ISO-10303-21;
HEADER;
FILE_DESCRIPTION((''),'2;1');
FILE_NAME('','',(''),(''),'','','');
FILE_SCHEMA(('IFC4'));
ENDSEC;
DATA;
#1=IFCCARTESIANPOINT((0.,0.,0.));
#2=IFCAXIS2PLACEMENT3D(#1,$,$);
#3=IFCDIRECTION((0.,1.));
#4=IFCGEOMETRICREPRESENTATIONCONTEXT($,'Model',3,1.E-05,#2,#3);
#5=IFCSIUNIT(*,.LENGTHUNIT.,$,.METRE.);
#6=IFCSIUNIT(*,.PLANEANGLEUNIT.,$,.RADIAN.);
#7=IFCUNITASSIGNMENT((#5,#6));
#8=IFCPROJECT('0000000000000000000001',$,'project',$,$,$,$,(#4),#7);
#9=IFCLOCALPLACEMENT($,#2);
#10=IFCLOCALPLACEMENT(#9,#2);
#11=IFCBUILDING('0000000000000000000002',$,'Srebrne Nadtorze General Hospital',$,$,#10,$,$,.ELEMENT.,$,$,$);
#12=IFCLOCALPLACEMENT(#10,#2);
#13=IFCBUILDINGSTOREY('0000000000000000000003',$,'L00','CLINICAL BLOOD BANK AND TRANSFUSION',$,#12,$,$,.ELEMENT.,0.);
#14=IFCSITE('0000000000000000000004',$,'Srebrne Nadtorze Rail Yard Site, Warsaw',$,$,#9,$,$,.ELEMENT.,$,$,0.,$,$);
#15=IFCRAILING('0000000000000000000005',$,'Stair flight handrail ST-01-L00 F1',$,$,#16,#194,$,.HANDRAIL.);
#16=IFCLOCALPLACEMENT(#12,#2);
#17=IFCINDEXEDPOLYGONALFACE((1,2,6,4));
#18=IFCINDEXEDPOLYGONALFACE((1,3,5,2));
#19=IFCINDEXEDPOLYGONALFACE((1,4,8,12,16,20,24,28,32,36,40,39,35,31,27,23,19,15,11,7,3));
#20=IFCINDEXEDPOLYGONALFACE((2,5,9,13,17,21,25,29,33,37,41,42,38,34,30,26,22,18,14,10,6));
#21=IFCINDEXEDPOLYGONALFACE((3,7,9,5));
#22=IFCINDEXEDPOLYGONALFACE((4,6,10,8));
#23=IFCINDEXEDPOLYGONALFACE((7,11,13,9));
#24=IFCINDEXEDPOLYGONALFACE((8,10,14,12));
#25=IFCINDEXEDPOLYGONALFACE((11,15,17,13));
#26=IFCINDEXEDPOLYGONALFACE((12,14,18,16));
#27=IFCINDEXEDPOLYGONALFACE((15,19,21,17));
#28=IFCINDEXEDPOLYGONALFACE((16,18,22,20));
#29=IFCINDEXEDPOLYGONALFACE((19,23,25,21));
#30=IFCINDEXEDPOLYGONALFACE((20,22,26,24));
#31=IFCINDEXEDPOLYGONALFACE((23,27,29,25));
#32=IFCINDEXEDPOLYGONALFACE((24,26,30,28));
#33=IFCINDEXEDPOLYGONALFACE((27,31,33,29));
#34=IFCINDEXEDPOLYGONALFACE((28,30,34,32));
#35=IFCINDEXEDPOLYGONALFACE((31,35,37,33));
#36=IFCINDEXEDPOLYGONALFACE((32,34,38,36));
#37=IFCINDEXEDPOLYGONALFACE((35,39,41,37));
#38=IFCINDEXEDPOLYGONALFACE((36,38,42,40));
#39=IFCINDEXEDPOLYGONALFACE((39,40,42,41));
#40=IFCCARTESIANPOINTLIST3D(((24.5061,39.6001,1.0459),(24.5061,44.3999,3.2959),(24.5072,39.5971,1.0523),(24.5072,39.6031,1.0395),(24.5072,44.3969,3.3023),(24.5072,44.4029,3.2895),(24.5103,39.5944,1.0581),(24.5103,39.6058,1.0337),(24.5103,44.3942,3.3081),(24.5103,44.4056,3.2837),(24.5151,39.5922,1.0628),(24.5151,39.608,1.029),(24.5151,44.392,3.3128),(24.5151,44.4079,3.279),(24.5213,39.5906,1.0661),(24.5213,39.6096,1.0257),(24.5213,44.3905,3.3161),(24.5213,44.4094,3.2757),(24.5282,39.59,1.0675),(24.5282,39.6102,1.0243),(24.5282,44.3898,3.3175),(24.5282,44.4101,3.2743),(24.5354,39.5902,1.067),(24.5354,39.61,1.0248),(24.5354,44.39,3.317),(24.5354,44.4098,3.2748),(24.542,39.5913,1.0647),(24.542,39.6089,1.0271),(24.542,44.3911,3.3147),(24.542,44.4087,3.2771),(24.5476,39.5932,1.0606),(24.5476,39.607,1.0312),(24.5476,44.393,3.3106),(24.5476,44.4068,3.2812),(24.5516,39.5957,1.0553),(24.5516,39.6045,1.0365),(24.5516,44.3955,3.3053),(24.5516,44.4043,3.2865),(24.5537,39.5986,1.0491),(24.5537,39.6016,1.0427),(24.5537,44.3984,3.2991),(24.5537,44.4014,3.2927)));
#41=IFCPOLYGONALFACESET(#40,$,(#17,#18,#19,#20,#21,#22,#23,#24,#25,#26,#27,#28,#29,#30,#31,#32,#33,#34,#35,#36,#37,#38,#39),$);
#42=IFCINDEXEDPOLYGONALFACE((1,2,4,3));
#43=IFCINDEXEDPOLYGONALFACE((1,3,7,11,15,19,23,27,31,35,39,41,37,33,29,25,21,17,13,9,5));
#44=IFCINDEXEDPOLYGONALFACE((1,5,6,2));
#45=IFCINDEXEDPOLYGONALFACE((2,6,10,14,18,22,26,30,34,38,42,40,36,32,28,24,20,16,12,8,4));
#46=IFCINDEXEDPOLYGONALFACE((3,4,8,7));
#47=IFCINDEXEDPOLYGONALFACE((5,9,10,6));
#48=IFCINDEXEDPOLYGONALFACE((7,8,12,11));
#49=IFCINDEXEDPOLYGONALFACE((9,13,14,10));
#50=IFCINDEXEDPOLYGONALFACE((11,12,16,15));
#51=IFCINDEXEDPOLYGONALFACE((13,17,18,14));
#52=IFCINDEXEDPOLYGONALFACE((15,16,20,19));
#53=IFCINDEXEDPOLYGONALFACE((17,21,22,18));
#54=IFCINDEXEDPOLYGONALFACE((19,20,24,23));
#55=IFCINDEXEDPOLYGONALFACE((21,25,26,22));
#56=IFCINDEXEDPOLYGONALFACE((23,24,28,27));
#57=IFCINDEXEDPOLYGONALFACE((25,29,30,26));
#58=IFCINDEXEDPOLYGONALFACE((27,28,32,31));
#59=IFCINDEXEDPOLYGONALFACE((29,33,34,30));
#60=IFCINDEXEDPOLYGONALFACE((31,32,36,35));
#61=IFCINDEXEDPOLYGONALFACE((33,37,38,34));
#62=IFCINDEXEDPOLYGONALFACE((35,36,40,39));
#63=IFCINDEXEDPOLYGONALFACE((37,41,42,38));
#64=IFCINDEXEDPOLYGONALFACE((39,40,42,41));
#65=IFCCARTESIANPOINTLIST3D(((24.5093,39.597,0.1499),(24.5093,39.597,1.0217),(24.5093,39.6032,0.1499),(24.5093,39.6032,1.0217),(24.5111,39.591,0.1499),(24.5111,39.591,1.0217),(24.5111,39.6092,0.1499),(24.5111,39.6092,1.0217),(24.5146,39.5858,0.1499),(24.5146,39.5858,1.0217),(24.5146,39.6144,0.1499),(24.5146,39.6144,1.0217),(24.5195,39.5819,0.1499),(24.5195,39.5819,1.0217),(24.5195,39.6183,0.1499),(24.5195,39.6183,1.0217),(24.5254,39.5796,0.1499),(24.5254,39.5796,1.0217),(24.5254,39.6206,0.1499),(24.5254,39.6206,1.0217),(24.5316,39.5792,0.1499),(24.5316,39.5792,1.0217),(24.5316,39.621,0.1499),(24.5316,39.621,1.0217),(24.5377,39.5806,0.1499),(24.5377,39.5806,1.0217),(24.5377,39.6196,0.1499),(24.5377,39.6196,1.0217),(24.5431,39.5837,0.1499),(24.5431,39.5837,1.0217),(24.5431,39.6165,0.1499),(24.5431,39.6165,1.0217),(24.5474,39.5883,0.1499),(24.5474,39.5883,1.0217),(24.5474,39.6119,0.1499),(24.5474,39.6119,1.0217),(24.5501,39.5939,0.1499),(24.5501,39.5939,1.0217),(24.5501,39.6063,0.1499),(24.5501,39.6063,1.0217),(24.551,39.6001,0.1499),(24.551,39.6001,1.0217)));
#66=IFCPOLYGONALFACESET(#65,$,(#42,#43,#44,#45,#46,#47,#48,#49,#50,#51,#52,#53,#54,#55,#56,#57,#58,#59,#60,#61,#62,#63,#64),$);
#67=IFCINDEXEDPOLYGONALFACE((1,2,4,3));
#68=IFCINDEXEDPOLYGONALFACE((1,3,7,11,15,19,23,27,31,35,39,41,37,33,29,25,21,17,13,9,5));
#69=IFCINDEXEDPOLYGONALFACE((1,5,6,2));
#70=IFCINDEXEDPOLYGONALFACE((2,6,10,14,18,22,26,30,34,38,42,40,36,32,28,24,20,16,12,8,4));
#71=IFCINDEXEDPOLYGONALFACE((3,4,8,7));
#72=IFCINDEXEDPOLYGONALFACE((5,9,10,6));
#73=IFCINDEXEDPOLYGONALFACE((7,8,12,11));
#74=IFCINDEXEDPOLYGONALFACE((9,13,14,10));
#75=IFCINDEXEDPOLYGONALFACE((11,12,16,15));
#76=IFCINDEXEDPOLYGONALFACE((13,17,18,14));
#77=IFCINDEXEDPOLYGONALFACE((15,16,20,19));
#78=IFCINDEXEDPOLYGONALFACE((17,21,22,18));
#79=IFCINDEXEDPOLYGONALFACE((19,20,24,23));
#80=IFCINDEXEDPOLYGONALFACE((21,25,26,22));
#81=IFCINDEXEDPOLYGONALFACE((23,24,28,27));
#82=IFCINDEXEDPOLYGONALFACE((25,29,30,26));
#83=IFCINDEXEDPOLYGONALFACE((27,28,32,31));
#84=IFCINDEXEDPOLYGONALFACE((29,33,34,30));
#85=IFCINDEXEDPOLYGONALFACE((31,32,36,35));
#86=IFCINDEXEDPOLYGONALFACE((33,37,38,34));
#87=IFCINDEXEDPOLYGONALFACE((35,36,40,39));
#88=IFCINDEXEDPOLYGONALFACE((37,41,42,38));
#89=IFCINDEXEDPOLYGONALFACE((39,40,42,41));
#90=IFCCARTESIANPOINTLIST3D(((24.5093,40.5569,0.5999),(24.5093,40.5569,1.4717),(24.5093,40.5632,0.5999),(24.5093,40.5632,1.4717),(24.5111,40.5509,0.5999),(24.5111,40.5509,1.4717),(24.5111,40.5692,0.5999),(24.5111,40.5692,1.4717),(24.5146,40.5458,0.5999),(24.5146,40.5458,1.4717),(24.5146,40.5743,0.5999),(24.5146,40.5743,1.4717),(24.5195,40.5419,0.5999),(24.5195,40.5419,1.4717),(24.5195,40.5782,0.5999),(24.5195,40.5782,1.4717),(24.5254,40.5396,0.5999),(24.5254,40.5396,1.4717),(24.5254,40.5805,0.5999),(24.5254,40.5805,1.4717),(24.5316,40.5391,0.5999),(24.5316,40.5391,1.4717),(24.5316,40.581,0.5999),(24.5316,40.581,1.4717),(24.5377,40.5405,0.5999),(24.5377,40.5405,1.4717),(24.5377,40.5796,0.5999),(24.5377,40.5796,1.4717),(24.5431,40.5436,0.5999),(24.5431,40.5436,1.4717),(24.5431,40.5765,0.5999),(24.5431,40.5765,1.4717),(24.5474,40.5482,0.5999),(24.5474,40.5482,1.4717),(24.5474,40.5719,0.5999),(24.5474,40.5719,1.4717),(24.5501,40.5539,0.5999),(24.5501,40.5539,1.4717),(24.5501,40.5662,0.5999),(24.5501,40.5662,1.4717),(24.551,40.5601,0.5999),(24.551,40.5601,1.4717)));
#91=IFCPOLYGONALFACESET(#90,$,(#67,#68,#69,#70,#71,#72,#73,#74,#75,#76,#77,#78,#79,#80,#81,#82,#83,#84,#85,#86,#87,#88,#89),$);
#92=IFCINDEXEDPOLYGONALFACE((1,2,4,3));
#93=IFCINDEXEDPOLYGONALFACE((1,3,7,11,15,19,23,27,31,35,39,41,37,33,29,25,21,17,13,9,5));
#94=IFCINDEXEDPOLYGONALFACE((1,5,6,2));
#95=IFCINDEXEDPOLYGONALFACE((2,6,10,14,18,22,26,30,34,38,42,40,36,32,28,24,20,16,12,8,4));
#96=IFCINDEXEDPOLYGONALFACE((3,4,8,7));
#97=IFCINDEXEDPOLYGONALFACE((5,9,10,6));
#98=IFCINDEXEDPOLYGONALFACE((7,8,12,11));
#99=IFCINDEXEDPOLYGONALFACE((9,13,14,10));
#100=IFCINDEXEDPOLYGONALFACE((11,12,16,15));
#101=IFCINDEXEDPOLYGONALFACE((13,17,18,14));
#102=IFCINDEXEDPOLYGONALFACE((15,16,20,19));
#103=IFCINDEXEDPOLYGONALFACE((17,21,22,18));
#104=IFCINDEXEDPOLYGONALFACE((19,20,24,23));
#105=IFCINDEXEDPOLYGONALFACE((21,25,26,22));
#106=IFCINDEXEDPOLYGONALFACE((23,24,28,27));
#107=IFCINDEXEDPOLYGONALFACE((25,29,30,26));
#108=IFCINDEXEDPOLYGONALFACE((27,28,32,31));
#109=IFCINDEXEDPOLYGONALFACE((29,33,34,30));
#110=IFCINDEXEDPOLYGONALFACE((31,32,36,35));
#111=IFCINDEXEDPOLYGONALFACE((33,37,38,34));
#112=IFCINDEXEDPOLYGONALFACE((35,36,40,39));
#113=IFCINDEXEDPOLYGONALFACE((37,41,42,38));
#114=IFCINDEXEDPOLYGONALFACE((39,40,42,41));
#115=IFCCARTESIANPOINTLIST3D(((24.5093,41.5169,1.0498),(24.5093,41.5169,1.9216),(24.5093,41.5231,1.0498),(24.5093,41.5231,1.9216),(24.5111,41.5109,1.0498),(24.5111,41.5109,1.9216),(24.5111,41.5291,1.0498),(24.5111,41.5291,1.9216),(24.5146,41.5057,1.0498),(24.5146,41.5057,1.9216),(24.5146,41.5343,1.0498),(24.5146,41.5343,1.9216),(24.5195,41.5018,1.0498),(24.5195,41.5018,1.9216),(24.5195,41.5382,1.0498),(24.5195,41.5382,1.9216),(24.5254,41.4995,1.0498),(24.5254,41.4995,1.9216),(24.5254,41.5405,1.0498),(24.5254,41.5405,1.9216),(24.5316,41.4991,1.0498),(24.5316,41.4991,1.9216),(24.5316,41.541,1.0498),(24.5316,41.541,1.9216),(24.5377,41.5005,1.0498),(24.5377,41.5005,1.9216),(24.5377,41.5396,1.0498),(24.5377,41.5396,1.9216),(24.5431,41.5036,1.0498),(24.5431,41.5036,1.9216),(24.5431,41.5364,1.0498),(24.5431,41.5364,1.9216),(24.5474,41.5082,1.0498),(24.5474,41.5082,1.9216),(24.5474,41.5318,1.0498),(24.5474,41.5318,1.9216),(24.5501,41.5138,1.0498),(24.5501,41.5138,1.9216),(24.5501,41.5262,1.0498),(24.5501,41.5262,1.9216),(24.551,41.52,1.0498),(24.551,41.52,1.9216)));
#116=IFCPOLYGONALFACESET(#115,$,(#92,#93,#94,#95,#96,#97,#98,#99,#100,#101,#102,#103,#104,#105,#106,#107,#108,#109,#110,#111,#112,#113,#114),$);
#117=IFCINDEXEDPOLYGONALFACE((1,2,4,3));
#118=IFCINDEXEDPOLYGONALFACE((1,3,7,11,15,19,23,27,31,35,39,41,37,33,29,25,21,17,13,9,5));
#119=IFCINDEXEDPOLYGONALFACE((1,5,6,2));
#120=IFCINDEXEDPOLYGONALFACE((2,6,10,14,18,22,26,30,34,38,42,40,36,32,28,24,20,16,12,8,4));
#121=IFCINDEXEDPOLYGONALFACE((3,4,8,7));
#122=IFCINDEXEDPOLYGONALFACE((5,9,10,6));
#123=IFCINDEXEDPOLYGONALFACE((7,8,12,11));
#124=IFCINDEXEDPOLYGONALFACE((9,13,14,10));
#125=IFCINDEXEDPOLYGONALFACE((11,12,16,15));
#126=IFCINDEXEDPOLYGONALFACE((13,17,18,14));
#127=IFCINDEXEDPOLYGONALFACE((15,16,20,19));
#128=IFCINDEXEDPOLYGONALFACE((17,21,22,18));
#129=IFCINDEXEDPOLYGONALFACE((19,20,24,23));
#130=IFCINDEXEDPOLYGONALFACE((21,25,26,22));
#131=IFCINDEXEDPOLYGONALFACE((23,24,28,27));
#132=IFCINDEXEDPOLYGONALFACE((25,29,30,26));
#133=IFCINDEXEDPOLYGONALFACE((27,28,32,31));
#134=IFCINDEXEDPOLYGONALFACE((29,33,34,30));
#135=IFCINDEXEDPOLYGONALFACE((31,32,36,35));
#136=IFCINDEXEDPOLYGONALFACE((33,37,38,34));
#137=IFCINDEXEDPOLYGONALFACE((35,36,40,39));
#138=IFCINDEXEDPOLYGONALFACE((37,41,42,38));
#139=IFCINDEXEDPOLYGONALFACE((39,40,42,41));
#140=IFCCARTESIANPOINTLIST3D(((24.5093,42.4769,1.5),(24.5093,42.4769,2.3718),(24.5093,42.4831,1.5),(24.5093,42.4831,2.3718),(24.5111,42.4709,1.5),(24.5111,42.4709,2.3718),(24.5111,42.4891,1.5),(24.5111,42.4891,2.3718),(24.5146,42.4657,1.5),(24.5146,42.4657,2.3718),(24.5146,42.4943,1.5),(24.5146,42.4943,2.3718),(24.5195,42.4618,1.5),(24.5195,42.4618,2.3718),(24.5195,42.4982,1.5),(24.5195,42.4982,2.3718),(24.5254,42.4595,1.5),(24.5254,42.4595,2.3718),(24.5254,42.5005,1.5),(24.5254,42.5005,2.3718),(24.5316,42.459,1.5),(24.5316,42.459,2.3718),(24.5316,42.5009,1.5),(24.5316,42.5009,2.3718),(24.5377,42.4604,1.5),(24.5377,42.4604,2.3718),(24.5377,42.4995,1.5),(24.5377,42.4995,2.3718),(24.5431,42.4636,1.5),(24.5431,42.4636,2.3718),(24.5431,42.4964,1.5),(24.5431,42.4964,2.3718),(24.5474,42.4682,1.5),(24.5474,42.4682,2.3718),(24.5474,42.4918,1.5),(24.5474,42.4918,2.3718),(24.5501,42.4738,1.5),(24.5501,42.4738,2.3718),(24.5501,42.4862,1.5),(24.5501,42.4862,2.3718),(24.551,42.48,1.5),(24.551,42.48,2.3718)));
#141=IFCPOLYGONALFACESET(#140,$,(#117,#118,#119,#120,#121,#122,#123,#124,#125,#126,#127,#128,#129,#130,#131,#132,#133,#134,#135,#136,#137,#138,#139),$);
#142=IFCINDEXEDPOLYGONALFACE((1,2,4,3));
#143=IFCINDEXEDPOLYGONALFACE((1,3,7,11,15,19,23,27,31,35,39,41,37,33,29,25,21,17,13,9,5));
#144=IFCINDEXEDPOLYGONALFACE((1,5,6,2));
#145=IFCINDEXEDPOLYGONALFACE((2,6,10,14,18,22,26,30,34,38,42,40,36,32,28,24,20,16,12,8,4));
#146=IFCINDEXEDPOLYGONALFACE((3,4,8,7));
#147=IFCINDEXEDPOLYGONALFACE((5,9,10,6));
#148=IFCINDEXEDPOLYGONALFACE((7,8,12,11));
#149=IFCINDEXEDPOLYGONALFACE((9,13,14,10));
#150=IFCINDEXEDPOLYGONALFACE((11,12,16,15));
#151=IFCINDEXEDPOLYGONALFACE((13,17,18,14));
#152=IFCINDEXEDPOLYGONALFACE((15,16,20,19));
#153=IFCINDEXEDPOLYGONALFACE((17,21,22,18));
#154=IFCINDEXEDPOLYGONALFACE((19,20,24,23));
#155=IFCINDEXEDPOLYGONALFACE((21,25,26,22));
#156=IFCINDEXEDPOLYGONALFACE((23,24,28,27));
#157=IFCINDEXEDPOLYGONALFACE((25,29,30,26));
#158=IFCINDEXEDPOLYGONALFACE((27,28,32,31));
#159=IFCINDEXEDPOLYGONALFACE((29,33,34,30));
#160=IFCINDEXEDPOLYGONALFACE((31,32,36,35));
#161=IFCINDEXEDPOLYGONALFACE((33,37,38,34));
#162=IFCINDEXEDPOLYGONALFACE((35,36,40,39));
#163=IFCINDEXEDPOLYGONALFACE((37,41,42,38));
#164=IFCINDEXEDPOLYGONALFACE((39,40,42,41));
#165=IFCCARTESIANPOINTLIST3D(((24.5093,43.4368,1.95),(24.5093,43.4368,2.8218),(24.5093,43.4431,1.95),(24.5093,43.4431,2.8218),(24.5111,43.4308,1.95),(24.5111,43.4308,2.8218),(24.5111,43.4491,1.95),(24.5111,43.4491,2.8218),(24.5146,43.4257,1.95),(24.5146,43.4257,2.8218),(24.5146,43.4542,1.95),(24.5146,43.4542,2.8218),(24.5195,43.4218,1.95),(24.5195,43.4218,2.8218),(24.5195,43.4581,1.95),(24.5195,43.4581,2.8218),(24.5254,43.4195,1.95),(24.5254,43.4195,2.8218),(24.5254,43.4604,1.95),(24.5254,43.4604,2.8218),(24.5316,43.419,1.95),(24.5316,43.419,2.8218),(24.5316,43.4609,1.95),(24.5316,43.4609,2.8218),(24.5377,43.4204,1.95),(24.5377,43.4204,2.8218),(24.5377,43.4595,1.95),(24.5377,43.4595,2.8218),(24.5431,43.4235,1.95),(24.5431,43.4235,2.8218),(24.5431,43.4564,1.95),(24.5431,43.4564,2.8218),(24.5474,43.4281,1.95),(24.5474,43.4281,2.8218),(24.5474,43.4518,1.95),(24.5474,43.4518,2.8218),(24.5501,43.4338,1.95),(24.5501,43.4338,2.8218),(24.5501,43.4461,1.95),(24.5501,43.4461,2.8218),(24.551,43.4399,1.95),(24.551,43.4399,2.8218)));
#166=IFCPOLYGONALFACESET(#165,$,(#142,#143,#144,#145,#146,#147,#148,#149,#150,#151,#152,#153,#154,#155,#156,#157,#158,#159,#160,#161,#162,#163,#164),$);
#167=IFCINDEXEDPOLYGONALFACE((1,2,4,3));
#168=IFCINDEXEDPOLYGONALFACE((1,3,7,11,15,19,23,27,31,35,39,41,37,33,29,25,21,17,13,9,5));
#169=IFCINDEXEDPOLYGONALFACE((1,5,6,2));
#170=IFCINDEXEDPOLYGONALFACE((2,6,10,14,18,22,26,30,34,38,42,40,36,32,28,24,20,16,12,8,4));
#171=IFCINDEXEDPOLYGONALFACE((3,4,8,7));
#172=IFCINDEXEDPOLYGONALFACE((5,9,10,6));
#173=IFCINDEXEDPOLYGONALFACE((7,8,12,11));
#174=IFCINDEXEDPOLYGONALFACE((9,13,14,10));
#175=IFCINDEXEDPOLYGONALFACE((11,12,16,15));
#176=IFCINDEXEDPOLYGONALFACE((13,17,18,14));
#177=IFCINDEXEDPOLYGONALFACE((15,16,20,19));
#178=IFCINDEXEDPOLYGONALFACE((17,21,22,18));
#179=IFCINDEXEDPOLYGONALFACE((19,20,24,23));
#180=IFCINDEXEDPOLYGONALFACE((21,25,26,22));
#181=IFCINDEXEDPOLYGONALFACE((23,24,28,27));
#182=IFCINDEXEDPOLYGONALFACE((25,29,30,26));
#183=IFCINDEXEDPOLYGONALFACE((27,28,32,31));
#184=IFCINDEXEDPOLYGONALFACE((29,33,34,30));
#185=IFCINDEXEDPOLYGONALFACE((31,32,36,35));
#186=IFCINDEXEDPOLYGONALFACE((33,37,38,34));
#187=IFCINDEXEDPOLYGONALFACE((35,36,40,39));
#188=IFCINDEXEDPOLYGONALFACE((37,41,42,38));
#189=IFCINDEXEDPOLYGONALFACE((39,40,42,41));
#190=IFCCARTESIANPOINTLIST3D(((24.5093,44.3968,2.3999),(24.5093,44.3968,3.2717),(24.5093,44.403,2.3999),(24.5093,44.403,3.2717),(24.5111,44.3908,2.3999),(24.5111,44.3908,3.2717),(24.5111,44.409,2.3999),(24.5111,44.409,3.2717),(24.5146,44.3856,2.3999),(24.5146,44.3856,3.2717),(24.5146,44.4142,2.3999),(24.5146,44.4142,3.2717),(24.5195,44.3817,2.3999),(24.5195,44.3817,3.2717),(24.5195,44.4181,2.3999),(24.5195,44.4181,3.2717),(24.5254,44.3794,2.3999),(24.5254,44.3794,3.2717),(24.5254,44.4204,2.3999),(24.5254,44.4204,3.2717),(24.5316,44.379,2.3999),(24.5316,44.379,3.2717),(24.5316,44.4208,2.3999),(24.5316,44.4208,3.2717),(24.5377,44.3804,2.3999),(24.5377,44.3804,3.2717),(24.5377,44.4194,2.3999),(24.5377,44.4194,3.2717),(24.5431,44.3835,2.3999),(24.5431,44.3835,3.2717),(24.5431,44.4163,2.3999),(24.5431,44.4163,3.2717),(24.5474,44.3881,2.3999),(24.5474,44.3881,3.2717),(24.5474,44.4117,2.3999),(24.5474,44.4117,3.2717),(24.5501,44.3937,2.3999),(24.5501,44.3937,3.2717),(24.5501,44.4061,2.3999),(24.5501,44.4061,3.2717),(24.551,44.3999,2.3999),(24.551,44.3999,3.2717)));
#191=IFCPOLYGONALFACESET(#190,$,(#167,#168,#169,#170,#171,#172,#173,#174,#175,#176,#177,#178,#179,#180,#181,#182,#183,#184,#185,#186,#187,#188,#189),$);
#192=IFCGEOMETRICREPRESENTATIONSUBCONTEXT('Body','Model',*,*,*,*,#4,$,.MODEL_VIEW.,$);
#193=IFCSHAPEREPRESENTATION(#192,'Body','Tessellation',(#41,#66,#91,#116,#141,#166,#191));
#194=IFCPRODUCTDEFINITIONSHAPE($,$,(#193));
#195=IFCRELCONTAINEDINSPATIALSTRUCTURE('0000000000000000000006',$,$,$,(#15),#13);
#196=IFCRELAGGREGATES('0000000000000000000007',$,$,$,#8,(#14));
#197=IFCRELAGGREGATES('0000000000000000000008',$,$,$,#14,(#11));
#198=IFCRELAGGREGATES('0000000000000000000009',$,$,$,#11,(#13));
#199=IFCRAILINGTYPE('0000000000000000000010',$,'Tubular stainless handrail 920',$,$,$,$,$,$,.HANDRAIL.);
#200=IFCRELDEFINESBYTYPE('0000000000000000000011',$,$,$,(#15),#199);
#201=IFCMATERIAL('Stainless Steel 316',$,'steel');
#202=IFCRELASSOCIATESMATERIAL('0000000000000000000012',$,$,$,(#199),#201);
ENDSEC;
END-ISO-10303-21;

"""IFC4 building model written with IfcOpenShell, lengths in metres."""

from ifc_helpers import new_model, si_unit, direction, frame, origin, origin_2d, place, context, subcontext, project, spatial, circle, extrude, material, type_object, element, save


model = new_model("IFC4")

# Units and contexts
model_context = context("Model", 3, precision=1e-05, world=origin(), true_north=direction((0.0, 1.0)))
body_context = subcontext(model_context, "Body", "Model", "MODEL_VIEW")
ifc_project = project(units=[si_unit("LENGTHUNIT", "METRE"), si_unit("PLANEANGLEUNIT", "RADIAN")], contexts=[model_context])

# Site, building, storey
site_placement = place(None, origin())
site = spatial("IfcSite", under=ifc_project, at=site_placement, Name="Srebrne Nadtorze Rail Yard Site, Warsaw", CompositionType="ELEMENT", RefElevation=0.0)
building_placement = place(site_placement, origin())
building = spatial("IfcBuilding", under=site, at=building_placement, Name="Srebrne Nadtorze General Hospital", CompositionType="ELEMENT")
storey_placement = place(building_placement, origin())
storey = spatial("IfcBuildingStorey", under=building, at=storey_placement, Name="L00", Description="CLINICAL BLOOD BANK AND TRANSFUSION", CompositionType="ELEMENT", Elevation=0.0)

# Railing
ifc_material_1 = material(Name="Stainless Steel 316", Category="steel")
railing_type = type_object("IfcRailingType", Name="Tubular stainless handrail 920", PredefinedType="HANDRAIL", material=ifc_material_1)
railing_placement = place(storey_placement, frame((24.53, 39.6001, 0.1499)))
element("IfcRailing", 1, at=railing_placement, inside=storey, type_object=railing_type, Name="Stair flight handrail ST-01-L00 F1", PredefinedType="HANDRAIL", context=body_context, shape_type="SweptSolid", body=[
    extrude(circle(Radius=0.0239, at=origin_2d()), frame((0.0, 0.0, 0.896), z_axis=(0.0, 0.905452, 0.424448), x_axis=(-1.0, 0.0, 0.0)), (0.0, 0.0, 1.0), 5.301),
    extrude(circle(Radius=0.021, at=origin_2d()), origin(), (0.0, 0.0, 1.0), 0.8718),
    extrude(circle(Radius=0.021, at=origin_2d()), frame((0.0, 0.96, 0.45)), (0.0, 0.0, 1.0), 0.8718),
    extrude(circle(Radius=0.021, at=origin_2d()), frame((0.0, 1.9199, 0.8999)), (0.0, 0.0, 1.0), 0.8718),
    extrude(circle(Radius=0.021, at=origin_2d()), frame((0.0, 2.8799, 1.3501)), (0.0, 0.0, 1.0), 0.8718),
    extrude(circle(Radius=0.021, at=origin_2d()), frame((0.0, 3.8398, 1.8)), (0.0, 0.0, 1.0), 0.8718),
    extrude(circle(Radius=0.021, at=origin_2d()), frame((0.0, 4.7998, 2.25)), (0.0, 0.0, 1.0), 0.8718),
])

save(model, "model.ifc")
